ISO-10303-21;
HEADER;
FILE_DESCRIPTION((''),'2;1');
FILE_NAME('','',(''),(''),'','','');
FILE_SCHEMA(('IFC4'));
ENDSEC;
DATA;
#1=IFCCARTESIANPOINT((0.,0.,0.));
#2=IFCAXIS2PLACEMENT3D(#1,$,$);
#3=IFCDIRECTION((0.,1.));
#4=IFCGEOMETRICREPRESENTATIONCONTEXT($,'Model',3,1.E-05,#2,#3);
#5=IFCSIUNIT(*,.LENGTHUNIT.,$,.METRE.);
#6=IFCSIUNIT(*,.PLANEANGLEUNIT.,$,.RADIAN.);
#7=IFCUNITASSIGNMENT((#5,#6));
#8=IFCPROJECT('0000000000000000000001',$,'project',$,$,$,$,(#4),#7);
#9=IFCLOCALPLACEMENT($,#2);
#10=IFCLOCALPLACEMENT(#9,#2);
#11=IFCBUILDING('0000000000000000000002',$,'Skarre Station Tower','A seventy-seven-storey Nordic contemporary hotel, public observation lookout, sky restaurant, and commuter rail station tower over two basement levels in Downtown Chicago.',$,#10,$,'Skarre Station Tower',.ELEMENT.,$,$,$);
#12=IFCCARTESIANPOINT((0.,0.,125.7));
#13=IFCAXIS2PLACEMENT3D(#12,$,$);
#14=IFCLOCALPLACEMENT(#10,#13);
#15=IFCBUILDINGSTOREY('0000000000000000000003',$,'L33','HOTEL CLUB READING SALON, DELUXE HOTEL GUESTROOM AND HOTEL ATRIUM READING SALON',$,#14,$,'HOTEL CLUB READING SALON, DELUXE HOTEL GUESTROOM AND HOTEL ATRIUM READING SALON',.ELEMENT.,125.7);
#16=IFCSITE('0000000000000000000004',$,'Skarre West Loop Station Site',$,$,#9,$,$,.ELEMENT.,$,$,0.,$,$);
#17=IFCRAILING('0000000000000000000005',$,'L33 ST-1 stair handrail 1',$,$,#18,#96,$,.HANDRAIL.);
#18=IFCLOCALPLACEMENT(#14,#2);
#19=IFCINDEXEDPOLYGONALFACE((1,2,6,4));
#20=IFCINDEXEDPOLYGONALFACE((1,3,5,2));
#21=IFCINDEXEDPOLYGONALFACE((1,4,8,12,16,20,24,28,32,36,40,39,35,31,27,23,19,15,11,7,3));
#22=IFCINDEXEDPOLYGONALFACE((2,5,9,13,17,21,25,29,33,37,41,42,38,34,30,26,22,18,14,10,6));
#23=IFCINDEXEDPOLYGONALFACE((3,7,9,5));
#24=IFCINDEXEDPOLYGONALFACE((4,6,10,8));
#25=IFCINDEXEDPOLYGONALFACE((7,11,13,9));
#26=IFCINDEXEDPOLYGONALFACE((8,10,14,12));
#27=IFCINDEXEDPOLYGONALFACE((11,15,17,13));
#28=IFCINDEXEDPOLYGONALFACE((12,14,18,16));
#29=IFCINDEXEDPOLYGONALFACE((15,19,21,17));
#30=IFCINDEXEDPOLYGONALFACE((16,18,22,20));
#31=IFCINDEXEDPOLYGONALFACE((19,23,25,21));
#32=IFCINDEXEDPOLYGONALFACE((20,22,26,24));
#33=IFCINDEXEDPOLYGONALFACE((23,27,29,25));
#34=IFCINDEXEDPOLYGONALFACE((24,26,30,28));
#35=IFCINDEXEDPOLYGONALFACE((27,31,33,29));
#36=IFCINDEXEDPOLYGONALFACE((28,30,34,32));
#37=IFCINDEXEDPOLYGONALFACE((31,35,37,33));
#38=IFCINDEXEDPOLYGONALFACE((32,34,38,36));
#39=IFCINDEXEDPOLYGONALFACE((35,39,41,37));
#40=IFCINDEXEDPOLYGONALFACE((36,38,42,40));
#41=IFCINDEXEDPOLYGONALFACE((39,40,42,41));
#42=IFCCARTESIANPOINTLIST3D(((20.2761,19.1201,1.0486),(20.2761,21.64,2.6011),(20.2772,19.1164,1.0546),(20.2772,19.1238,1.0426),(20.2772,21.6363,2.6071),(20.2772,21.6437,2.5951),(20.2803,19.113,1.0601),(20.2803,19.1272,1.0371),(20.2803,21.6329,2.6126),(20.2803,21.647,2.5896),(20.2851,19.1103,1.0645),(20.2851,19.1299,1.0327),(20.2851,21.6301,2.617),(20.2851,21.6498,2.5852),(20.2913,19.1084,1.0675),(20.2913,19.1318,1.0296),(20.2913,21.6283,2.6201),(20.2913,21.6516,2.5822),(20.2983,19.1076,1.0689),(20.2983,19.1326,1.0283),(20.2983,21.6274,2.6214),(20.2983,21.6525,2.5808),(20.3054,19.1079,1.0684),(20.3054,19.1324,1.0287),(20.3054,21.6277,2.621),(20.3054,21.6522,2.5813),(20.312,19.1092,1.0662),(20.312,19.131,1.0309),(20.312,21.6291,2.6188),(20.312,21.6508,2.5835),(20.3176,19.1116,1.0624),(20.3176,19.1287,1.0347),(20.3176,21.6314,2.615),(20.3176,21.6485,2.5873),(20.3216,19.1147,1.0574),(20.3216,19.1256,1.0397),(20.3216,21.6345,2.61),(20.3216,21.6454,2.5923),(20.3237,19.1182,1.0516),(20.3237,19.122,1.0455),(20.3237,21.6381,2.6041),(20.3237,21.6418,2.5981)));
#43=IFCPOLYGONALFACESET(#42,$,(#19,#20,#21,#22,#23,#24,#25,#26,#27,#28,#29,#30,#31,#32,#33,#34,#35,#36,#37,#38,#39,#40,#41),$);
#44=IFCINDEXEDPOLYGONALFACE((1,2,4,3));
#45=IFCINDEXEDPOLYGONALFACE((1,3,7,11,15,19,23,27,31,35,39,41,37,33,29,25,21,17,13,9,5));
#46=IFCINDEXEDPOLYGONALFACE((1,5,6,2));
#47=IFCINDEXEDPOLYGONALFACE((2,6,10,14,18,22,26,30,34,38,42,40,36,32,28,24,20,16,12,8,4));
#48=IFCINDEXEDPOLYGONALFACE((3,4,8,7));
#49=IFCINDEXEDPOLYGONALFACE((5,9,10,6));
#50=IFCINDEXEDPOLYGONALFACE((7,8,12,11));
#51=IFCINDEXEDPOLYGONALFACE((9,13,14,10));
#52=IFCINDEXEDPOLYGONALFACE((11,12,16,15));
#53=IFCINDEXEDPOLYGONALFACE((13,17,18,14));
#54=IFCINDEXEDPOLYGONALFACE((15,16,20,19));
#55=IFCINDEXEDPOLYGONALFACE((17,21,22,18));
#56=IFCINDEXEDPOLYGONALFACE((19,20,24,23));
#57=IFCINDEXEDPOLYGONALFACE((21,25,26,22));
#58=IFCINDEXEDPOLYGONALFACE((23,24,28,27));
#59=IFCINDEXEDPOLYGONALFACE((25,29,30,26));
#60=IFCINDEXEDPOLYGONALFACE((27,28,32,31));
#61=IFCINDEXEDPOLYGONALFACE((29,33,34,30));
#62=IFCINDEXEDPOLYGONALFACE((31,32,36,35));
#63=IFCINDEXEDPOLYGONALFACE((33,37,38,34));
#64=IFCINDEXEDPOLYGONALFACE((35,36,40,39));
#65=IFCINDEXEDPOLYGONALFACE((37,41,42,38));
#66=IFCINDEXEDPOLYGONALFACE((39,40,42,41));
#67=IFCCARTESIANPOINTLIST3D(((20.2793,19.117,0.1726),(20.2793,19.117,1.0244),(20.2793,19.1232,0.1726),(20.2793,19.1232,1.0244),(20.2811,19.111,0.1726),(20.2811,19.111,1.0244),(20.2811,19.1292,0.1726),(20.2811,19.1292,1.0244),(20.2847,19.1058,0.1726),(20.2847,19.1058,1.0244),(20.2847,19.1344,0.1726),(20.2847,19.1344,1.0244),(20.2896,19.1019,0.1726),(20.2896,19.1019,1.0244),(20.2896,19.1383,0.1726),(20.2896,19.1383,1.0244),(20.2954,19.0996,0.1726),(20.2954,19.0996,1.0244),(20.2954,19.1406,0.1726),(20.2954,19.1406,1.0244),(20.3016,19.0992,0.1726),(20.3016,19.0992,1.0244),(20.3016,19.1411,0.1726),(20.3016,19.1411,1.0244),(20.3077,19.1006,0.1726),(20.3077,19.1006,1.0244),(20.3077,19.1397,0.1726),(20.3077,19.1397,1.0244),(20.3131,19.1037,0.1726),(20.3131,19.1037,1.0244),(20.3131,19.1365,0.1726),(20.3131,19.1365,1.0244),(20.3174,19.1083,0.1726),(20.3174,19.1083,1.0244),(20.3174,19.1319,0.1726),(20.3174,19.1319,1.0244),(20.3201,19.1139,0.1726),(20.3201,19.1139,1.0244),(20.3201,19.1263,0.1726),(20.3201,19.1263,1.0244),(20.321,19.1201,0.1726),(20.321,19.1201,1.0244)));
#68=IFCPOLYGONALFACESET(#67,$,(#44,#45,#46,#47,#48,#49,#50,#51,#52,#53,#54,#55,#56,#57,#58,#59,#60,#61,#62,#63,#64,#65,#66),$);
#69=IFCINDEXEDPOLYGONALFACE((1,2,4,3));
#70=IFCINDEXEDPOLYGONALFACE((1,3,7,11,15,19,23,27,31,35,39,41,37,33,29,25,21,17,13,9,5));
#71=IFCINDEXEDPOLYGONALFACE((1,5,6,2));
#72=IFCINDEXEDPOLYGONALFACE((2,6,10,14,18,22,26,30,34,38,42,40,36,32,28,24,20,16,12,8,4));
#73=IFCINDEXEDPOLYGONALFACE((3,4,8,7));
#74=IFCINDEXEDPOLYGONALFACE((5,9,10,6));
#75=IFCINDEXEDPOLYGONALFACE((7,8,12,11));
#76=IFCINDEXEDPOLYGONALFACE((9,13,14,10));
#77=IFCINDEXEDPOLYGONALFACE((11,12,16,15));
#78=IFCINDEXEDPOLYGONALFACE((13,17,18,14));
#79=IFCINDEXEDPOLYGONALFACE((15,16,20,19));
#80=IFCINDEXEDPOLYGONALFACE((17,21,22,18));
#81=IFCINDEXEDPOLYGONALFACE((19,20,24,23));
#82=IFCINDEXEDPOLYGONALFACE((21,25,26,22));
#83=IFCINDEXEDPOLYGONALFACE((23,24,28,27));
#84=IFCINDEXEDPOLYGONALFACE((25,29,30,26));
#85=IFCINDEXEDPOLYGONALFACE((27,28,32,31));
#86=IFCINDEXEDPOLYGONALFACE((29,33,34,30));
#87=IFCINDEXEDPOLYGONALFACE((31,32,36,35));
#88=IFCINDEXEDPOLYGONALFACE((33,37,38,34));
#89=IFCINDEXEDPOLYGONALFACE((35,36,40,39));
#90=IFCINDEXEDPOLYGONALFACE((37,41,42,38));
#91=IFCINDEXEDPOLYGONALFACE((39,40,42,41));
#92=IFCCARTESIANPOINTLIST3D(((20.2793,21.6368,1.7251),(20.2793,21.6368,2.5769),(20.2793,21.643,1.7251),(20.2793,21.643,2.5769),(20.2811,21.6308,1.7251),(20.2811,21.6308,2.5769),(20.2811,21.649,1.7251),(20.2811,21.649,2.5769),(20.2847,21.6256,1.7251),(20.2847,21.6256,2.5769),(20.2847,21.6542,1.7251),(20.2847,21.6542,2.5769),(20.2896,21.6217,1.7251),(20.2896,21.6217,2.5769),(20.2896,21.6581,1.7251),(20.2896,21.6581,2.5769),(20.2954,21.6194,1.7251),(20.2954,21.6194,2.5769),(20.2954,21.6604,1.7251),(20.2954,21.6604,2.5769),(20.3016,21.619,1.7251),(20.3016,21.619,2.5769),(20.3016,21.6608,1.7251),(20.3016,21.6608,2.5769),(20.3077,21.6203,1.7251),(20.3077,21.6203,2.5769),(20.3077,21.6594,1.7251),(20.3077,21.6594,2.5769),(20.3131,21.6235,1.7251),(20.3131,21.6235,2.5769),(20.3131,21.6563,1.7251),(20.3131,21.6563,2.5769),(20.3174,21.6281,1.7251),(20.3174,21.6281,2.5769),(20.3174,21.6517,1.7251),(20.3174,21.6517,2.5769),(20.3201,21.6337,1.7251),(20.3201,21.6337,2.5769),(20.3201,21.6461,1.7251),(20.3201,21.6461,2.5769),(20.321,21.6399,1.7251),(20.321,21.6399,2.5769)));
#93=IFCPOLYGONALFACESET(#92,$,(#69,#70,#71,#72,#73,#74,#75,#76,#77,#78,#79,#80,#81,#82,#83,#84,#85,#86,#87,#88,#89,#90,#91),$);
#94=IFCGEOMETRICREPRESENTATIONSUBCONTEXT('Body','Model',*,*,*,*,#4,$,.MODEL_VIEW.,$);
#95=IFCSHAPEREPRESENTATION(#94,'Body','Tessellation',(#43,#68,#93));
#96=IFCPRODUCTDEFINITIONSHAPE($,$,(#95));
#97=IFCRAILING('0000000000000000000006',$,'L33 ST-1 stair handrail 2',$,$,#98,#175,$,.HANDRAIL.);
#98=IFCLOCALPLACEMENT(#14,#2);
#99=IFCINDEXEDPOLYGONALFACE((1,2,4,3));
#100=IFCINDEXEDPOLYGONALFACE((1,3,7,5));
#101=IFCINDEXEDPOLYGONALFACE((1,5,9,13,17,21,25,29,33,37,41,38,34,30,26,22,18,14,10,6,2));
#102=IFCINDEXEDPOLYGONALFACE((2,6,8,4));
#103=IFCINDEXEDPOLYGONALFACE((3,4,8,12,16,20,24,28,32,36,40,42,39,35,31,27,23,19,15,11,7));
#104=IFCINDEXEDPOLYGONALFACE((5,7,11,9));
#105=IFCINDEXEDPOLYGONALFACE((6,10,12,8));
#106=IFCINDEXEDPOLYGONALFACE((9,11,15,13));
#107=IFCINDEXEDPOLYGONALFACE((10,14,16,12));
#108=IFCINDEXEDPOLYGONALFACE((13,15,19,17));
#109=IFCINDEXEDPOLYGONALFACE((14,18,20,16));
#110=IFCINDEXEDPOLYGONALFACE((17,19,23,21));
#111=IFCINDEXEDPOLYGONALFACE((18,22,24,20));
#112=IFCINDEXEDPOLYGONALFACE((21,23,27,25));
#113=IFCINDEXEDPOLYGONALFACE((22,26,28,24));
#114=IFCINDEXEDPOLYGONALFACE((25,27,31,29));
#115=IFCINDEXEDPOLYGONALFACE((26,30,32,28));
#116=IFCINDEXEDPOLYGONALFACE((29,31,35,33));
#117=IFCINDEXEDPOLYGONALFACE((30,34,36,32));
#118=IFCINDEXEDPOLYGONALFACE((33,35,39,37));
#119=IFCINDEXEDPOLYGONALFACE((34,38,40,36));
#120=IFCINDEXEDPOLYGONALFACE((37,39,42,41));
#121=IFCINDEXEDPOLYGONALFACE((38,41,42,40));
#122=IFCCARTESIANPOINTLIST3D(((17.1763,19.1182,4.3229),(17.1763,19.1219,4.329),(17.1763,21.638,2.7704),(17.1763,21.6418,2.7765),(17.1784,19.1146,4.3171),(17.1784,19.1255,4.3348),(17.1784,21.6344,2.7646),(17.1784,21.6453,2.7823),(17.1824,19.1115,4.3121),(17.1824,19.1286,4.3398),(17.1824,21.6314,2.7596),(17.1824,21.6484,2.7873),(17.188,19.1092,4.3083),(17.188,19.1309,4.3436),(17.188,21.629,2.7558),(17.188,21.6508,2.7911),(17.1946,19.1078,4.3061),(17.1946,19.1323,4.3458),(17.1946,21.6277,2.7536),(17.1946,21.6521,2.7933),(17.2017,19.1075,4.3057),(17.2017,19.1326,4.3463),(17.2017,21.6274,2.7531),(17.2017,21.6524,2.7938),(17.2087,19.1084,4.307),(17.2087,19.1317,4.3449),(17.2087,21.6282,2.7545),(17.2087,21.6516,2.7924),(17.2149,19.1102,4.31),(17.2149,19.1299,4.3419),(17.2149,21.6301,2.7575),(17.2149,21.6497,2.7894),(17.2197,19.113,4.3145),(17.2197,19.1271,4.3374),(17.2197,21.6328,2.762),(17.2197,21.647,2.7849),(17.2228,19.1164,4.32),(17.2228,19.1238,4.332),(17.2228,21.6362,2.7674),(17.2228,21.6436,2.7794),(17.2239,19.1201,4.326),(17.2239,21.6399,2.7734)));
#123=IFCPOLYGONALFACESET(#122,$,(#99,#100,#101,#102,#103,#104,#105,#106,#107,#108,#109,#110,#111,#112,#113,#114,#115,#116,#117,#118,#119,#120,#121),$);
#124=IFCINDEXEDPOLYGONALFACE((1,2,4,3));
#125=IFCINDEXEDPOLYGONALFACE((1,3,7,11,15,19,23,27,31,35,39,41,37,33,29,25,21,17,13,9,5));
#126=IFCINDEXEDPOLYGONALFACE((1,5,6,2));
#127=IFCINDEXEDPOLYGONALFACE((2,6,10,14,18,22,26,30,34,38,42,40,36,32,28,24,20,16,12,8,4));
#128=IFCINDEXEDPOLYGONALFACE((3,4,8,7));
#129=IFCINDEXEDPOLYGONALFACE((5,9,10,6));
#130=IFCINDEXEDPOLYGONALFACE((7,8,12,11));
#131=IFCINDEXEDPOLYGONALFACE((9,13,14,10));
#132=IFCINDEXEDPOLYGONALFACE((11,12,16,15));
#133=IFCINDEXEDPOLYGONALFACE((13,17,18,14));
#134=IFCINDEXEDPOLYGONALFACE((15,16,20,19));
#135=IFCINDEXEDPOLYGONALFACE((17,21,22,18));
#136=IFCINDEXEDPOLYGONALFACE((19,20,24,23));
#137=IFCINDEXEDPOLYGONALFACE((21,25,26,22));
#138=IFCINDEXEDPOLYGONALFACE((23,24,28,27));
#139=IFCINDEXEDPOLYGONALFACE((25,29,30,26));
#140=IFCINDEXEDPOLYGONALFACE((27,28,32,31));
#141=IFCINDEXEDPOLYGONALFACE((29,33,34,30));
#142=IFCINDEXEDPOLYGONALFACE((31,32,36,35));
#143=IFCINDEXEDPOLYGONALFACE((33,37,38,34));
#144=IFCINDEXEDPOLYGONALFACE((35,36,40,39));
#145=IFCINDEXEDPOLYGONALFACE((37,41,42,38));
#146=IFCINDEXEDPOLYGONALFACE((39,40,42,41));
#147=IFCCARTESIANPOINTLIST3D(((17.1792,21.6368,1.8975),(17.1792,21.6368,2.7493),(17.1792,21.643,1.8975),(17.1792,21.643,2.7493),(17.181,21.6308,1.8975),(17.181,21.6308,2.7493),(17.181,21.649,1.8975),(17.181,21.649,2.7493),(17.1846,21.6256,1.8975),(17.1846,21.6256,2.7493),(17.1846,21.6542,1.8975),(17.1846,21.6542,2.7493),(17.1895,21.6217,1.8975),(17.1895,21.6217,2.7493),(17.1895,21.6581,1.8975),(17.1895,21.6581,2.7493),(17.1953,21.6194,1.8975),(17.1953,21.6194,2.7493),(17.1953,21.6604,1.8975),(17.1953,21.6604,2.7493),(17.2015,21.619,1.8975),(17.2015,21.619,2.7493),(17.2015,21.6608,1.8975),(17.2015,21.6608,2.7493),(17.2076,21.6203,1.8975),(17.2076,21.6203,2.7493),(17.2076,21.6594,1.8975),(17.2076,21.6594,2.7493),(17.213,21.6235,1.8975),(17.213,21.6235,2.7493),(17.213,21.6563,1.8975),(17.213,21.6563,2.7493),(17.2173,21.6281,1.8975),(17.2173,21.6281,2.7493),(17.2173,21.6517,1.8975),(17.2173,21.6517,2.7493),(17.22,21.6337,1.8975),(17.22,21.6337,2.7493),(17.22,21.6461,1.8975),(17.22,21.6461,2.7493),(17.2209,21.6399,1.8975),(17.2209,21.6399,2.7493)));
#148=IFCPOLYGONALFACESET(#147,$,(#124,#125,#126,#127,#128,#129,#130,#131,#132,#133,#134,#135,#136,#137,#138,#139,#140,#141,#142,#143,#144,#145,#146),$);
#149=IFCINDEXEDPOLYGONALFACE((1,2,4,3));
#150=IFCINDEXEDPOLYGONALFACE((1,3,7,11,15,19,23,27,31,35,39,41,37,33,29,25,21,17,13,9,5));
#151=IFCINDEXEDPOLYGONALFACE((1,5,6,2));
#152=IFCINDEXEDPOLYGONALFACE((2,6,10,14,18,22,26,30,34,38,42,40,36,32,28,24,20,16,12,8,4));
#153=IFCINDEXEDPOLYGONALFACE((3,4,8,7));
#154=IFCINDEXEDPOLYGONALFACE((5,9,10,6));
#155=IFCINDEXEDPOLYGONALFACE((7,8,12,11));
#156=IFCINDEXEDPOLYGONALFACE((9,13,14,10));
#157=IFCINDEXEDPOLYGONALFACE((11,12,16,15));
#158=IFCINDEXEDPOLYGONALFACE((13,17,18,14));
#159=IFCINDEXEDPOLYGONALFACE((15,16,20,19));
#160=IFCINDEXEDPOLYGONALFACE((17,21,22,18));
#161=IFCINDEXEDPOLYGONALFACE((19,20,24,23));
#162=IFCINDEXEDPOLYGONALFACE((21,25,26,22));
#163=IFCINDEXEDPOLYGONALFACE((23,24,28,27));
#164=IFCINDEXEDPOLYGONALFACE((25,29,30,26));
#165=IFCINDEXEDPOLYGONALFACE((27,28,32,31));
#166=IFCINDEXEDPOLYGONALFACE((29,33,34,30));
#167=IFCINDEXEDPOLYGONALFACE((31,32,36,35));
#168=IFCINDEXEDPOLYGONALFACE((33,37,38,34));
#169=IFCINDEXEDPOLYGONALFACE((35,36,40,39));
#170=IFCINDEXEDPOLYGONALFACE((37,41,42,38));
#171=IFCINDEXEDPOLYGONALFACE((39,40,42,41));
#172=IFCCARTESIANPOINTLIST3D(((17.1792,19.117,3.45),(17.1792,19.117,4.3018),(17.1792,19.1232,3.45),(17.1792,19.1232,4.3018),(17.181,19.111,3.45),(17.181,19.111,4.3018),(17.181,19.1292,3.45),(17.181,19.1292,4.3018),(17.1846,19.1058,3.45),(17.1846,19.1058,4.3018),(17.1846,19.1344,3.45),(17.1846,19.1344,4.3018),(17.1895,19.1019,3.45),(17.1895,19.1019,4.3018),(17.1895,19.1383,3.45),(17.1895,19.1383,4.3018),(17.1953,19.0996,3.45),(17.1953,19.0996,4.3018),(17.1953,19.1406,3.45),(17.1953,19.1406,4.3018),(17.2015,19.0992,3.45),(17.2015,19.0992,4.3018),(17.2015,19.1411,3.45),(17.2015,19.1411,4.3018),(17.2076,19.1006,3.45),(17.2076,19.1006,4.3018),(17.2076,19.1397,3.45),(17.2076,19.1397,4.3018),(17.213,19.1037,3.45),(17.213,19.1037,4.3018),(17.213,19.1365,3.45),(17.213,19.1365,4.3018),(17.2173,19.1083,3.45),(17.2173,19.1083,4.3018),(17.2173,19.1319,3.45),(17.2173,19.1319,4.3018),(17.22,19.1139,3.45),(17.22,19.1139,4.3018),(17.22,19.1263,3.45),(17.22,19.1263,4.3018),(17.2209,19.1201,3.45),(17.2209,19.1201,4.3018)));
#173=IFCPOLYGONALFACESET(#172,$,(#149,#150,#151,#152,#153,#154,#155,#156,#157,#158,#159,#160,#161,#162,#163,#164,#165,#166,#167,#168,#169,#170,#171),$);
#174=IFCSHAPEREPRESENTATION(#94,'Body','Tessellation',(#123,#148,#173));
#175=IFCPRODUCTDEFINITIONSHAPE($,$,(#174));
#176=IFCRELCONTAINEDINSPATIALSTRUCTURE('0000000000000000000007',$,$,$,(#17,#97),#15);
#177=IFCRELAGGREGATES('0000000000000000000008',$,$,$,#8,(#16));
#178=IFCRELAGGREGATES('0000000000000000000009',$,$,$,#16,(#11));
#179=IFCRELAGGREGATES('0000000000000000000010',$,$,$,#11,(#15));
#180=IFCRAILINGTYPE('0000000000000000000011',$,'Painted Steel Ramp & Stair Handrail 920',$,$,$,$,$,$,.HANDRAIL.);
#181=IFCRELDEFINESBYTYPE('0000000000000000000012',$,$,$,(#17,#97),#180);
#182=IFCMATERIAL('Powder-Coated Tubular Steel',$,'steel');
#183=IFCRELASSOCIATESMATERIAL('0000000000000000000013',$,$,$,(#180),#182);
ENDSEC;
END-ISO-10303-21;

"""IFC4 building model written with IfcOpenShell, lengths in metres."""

from ifc_helpers import new_model, si_unit, direction, frame, origin, origin_2d, place, context, subcontext, project, spatial, circle, extrude, material, type_object, element, save


model = new_model("IFC4")

# Units and contexts
model_context = context("Model", 3, precision=1e-05, world=origin(), true_north=direction((0.0, 1.0)))
body_context = subcontext(model_context, "Body", "Model", "MODEL_VIEW")
ifc_project = project(units=[si_unit("LENGTHUNIT", "METRE"), si_unit("PLANEANGLEUNIT", "RADIAN")], contexts=[model_context])

# Site, building, storey
site_placement = place(None, origin())
site = spatial("IfcSite", under=ifc_project, at=site_placement, Name="Skarre West Loop Station Site", CompositionType="ELEMENT", RefElevation=0.0)
building_placement = place(site_placement, origin())
building = spatial("IfcBuilding", under=site, at=building_placement, Name="Skarre Station Tower", Description="A seventy-seven-storey Nordic contemporary hotel, public observation lookout, sky restaurant, and commuter rail station tower over two basement levels in Downtown Chicago.", LongName="Skarre Station Tower", CompositionType="ELEMENT")
storey_placement = place(building_placement, frame((0.0, 0.0, 125.7)))
storey = spatial("IfcBuildingStorey", under=building, at=storey_placement, Name="L33", Description="HOTEL CLUB READING SALON, DELUXE HOTEL GUESTROOM AND HOTEL ATRIUM READING SALON", LongName="HOTEL CLUB READING SALON, DELUXE HOTEL GUESTROOM AND HOTEL ATRIUM READING SALON", CompositionType="ELEMENT", Elevation=125.7)

# Railings
ifc_material_1 = material(Name="Powder-Coated Tubular Steel", Category="steel")
railing_type_1 = type_object("IfcRailingType", Name="Painted Steel Ramp & Stair Handrail 920", PredefinedType="HANDRAIL", material=ifc_material_1)
railing_1_placement = place(storey_placement, frame((20.3, 19.1201, 0.1726)))
element("IfcRailing", 1, at=railing_1_placement, inside=storey, type_object=railing_type_1, Name="L33 ST-1 stair handrail 1", PredefinedType="HANDRAIL", context=body_context, shape_type="SweptSolid", body=[
    extrude(circle(Radius=0.0239, at=origin_2d()), frame((0.0, 0.0, 0.876), z_axis=(0.0, 0.851378, 0.524553), x_axis=(-1.0, 0.0, 0.0)), (0.0, 0.0, 1.0), 2.9597),
    extrude(circle(Radius=0.021, at=origin_2d()), origin(), (0.0, 0.0, 1.0), 0.8518),
    extrude(circle(Radius=0.021, at=origin_2d()), frame((0.0, 2.5198, 1.5525)), (0.0, 0.0, 1.0), 0.8518),
])
railing_2_placement = place(storey_placement, frame((17.2, 21.6399, 1.8975)))
element("IfcRailing", 2, at=railing_2_placement, inside=storey, type_object=railing_type_1, Name="L33 ST-1 stair handrail 2", PredefinedType="HANDRAIL", context=body_context, shape_type="SweptSolid", body=[
    extrude(circle(Radius=0.0239, at=origin_2d()), frame((0.0, 0.0, 0.876), z_axis=(0.0, -0.851378, 0.524553), x_axis=(1.0, 0.0, 0.0)), (0.0, 0.0, 1.0), 2.9597),
    extrude(circle(Radius=0.021, at=origin_2d()), origin(), (0.0, 0.0, 1.0), 0.8518),
    extrude(circle(Radius=0.021, at=origin_2d()), frame((0.0, -2.5198, 1.5525)), (0.0, 0.0, 1.0), 0.8518),
])

save(model, "model.ifc")
